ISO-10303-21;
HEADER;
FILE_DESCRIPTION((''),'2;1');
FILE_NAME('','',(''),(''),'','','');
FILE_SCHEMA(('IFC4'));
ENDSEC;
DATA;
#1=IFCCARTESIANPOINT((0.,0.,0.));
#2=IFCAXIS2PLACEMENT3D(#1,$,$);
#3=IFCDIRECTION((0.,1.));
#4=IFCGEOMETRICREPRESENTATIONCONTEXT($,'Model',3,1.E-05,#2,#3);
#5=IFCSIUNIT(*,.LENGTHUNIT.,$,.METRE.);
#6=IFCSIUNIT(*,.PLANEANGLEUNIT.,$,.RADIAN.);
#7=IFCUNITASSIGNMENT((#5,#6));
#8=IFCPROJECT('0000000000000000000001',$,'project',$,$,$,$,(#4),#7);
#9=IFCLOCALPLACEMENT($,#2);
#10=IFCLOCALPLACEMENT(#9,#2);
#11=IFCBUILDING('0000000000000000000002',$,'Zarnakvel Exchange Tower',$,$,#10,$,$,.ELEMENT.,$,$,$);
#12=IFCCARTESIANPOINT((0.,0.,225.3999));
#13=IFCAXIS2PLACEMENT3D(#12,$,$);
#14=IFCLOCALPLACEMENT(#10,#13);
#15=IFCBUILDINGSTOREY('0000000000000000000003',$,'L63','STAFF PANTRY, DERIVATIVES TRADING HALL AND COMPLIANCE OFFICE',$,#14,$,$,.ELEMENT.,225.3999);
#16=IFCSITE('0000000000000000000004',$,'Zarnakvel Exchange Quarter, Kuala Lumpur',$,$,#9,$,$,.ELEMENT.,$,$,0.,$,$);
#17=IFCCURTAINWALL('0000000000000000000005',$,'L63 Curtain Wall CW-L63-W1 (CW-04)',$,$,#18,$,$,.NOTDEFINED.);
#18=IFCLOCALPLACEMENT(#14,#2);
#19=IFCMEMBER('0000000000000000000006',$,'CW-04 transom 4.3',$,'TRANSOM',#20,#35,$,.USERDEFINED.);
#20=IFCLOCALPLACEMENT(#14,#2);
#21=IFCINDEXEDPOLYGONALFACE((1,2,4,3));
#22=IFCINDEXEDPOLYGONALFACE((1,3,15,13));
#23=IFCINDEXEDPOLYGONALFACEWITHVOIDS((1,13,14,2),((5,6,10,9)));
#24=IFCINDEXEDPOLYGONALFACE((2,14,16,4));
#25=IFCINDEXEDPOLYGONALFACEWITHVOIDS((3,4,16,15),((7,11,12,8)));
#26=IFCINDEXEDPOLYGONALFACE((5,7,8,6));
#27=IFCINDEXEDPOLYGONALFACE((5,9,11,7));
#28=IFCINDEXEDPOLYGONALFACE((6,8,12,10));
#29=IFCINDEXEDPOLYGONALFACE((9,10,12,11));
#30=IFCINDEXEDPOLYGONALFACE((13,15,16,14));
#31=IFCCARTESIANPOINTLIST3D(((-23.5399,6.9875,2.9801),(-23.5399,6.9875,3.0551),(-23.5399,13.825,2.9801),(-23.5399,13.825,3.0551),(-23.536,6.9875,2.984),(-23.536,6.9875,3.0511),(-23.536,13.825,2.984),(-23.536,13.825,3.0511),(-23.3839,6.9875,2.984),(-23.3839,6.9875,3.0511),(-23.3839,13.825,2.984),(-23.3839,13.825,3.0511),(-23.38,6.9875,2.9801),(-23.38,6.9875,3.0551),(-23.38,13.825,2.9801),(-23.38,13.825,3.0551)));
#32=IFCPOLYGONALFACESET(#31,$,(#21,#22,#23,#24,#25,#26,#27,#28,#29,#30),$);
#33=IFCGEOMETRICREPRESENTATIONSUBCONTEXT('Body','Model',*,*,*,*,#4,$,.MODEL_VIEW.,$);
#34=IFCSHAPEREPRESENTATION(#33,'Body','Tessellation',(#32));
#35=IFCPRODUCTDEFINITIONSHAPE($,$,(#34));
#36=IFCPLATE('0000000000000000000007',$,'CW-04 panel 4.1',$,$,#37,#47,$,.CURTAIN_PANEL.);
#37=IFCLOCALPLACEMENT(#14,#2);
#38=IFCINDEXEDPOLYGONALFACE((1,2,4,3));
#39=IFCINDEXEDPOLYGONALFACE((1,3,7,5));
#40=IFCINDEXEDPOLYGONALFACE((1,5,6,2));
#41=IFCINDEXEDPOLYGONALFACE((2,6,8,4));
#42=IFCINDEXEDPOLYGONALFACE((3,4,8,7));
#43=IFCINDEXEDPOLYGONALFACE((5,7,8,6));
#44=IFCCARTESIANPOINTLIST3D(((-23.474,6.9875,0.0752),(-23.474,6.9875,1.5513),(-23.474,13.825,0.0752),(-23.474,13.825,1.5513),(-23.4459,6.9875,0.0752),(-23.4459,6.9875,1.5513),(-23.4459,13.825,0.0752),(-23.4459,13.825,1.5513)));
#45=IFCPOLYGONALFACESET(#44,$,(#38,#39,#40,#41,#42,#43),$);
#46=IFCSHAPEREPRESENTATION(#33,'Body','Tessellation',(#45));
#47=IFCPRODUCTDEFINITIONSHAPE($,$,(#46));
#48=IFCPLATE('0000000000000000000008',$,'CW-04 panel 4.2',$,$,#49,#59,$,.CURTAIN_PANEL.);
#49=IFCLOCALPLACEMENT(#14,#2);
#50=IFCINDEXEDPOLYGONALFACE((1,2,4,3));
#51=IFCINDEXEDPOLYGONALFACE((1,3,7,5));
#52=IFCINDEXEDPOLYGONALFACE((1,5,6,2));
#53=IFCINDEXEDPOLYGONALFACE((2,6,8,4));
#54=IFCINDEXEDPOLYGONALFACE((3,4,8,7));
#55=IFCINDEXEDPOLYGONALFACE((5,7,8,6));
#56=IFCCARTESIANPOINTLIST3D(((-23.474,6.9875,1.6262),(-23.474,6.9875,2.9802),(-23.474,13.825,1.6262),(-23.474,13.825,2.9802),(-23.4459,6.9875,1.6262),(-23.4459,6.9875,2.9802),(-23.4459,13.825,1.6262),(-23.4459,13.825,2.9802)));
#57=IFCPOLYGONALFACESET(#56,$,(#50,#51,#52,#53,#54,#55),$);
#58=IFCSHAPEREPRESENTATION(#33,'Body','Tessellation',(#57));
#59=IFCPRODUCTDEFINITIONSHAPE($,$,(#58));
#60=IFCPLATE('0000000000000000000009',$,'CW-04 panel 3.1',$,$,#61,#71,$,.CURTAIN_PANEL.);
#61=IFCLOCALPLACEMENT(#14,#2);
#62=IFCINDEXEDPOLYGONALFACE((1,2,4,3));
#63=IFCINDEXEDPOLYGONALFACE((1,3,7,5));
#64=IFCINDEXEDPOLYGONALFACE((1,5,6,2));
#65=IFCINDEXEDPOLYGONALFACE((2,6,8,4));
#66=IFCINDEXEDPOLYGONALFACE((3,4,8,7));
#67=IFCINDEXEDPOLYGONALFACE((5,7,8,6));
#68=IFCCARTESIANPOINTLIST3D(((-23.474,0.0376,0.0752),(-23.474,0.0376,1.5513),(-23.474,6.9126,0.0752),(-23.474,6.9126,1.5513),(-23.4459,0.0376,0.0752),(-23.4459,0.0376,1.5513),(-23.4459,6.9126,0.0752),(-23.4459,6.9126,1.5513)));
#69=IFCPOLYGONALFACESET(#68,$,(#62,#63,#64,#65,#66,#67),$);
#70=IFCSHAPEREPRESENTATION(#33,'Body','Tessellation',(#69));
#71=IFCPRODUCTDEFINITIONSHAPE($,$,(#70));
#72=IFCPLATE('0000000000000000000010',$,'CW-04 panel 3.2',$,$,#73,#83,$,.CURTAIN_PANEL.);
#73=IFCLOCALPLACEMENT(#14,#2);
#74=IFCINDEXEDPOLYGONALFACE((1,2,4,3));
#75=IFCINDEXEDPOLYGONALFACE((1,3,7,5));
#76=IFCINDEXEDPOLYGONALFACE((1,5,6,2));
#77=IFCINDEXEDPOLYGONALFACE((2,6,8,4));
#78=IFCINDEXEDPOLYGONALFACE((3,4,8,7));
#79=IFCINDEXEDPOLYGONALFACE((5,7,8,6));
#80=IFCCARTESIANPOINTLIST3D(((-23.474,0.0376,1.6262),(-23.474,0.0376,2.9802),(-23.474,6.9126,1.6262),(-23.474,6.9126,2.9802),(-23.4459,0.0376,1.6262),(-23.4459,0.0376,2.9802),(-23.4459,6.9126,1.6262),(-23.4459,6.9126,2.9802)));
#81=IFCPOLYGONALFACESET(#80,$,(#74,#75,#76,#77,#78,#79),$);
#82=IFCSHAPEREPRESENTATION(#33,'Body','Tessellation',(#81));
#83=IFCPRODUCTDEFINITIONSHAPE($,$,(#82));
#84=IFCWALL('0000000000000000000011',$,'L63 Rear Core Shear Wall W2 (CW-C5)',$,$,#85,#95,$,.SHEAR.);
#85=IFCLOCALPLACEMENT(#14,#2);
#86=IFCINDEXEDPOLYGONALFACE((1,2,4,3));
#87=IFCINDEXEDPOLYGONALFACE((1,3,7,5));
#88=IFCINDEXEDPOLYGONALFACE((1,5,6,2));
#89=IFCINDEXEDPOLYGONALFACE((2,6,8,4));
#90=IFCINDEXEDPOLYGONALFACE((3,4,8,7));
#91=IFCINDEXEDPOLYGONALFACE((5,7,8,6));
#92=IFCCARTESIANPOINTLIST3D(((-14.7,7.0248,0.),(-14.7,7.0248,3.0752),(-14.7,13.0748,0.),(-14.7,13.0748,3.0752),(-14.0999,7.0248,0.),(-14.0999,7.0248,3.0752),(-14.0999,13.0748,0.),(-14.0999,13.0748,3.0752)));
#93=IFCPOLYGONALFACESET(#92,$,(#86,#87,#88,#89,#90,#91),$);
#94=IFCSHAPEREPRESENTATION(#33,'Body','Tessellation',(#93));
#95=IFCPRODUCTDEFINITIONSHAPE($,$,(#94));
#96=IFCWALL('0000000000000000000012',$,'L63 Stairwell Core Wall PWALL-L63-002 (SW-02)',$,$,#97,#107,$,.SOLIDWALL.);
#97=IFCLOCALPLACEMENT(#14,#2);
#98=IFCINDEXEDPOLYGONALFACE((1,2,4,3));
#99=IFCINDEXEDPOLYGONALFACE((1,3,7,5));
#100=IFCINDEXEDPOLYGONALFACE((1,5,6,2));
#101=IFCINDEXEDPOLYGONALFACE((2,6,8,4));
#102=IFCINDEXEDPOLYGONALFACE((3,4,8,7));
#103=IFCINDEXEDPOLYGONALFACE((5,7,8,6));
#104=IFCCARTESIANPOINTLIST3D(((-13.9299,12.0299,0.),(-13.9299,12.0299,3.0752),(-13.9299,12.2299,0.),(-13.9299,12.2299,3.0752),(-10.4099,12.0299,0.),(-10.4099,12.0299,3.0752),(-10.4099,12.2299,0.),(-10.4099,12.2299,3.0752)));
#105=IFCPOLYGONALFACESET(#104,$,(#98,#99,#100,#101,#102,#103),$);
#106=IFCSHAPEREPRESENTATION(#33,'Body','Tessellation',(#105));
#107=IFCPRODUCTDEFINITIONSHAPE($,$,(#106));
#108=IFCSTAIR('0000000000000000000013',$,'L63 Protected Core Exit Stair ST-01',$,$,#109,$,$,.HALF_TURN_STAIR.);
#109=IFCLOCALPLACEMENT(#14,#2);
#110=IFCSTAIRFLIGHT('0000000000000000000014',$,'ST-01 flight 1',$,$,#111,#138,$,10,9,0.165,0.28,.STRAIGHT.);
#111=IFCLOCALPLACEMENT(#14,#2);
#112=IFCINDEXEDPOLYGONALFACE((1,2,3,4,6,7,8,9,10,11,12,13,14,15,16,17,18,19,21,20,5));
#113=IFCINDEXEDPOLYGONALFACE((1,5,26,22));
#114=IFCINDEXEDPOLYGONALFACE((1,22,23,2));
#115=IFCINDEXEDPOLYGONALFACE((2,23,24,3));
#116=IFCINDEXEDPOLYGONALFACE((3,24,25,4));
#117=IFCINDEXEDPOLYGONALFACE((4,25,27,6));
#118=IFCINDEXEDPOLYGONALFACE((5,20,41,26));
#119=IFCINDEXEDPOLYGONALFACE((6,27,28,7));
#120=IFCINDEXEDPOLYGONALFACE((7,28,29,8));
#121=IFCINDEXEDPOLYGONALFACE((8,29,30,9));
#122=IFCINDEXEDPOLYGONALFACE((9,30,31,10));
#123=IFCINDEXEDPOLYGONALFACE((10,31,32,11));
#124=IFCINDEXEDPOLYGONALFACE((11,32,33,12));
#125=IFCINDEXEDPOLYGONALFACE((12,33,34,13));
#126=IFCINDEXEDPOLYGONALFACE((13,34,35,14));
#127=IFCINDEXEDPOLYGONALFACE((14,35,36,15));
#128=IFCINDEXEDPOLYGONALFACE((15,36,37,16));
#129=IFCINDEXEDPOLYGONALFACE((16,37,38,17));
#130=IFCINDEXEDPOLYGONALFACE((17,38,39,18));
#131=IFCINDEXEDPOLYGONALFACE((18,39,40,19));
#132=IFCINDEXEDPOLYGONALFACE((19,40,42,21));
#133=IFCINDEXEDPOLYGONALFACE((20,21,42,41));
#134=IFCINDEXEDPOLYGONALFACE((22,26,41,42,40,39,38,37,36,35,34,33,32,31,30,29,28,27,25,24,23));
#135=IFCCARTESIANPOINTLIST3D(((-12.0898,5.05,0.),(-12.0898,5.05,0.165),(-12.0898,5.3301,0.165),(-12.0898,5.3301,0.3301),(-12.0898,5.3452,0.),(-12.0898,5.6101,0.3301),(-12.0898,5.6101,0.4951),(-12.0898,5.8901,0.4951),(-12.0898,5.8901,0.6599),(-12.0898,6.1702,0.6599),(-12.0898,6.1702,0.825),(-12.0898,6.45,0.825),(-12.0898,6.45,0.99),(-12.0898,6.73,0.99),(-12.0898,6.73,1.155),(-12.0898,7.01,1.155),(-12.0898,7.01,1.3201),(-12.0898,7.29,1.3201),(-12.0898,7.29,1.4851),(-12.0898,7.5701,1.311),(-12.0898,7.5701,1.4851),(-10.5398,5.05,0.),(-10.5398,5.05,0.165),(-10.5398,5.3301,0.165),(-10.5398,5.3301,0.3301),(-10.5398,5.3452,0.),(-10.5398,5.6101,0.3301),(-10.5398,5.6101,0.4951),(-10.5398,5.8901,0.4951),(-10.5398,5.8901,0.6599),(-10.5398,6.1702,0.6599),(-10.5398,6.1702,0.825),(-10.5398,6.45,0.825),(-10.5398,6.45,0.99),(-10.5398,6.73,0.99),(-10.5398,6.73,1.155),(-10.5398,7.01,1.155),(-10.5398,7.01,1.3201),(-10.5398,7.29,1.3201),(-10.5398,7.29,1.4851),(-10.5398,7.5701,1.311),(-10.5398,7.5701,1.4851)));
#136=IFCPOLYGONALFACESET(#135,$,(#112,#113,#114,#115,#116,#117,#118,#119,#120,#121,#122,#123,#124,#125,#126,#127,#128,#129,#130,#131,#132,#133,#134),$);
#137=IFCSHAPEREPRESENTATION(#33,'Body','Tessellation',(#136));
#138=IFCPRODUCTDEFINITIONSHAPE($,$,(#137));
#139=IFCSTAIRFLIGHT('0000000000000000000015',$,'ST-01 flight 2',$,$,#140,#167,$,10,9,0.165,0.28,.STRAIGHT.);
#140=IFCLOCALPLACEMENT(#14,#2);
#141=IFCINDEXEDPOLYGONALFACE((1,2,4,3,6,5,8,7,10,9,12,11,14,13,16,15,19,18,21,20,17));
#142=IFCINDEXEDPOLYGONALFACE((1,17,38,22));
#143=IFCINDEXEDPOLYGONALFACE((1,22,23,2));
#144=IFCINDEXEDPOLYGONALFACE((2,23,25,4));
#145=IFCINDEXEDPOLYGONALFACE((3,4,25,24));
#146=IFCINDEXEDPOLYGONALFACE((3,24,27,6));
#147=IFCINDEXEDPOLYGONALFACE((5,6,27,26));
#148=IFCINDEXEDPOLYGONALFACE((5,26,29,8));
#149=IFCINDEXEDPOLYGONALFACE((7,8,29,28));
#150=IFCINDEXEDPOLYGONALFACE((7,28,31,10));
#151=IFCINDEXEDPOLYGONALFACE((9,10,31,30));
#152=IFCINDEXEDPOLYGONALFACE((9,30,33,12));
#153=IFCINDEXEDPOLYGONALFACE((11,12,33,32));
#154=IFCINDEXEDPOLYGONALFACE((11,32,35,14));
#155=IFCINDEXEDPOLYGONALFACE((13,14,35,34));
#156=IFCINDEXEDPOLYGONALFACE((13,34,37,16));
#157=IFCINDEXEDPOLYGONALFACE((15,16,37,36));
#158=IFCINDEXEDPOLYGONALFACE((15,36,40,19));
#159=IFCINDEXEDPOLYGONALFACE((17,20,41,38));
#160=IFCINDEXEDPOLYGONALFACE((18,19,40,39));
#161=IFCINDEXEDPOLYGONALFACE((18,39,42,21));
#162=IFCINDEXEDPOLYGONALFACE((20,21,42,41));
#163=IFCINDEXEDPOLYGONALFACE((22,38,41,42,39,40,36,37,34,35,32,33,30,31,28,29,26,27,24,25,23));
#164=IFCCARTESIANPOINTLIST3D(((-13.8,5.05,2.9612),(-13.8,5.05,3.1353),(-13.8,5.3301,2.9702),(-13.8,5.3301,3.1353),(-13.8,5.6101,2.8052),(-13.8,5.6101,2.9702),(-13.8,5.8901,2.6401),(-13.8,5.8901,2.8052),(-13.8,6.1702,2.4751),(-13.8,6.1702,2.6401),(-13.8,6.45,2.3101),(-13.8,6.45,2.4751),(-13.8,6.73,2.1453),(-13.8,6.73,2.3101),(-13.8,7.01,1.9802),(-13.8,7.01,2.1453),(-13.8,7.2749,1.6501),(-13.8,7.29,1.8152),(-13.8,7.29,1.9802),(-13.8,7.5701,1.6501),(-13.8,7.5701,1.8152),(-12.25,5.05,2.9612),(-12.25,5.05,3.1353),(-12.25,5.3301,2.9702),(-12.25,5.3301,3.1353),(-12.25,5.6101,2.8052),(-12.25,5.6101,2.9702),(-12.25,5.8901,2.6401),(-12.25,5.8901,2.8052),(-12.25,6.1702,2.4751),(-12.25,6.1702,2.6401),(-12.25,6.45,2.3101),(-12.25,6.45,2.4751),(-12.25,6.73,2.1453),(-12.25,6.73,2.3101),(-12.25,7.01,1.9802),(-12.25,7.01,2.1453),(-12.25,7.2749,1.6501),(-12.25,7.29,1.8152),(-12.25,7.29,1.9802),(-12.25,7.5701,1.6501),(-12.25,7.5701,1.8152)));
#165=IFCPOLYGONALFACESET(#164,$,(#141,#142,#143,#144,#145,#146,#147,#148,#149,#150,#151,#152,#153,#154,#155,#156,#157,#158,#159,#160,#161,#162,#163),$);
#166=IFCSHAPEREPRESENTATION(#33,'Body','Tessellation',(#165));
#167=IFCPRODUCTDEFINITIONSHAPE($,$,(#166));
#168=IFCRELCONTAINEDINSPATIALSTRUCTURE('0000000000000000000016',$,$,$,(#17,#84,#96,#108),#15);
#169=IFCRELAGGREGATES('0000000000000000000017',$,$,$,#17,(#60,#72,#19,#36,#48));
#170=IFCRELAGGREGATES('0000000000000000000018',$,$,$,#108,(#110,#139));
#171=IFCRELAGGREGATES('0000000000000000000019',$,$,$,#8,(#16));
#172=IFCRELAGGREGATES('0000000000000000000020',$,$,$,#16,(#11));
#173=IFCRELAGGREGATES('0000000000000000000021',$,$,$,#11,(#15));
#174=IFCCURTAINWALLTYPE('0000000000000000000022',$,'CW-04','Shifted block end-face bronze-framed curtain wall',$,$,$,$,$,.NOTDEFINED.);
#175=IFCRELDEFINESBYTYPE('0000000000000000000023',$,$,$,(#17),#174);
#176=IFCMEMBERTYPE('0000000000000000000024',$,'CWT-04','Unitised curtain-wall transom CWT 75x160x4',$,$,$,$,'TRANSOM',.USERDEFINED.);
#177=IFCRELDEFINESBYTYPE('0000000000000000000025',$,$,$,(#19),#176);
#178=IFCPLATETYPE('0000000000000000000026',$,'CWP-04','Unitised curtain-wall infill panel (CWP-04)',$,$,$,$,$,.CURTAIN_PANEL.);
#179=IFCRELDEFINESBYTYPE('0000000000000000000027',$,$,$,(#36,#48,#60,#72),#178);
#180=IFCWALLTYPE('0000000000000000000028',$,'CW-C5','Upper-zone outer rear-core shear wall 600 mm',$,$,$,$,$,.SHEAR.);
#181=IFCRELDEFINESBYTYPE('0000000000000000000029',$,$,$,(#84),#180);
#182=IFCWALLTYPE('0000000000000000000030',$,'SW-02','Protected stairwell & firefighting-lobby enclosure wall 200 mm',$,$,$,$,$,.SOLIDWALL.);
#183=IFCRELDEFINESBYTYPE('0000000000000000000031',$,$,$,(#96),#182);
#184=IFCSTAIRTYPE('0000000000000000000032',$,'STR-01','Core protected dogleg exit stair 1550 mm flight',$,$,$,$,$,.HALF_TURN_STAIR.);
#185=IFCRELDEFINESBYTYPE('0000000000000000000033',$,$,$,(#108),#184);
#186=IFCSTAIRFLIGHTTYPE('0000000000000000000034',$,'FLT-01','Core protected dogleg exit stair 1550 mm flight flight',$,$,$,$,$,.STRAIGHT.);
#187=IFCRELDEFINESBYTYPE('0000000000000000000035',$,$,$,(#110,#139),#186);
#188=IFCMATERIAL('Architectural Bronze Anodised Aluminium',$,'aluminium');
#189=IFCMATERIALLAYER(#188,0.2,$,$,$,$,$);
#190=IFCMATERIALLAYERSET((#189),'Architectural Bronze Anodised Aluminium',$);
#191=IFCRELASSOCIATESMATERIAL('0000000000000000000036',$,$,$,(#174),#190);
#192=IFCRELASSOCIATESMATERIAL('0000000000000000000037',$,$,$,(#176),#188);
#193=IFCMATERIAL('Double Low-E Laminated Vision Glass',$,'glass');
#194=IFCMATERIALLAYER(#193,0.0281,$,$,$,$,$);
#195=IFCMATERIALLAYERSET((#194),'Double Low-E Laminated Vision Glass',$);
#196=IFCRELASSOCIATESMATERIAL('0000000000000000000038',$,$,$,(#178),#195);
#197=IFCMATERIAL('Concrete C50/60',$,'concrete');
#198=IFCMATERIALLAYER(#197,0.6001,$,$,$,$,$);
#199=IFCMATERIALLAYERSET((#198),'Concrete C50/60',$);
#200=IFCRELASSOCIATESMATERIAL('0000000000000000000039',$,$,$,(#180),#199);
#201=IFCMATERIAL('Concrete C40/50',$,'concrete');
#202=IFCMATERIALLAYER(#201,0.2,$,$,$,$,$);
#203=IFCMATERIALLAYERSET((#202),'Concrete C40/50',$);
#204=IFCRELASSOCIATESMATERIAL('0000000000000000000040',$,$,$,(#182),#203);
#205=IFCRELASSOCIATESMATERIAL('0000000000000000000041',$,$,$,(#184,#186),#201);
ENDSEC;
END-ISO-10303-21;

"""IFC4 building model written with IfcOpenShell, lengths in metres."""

from ifc_helpers import new_model, si_unit, direction, frame, frame_2d, origin, origin_2d, place, context, subcontext, project, spatial, polyline, rectangle, hollow_rectangle, outline, extrude, source, transform, mapped, material, layer, layer_set, material_profile, profile_set, type_object, element, aggregate, save


model = new_model("IFC4")

# Units and contexts
model_context = context("Model", 3, precision=1e-05, world=origin(), true_north=direction((0.0, 1.0)))
body_context = subcontext(model_context, "Body", "Model", "MODEL_VIEW")
ifc_project = project(units=[si_unit("LENGTHUNIT", "METRE"), si_unit("PLANEANGLEUNIT", "RADIAN")], contexts=[model_context])

# Site, building, storey
site_placement = place(None, origin())
site = spatial("IfcSite", under=ifc_project, at=site_placement, Name="Zarnakvel Exchange Quarter, Kuala Lumpur", CompositionType="ELEMENT", RefElevation=0.0)
building_placement = place(site_placement, origin())
building = spatial("IfcBuilding", under=site, at=building_placement, Name="Zarnakvel Exchange Tower", CompositionType="ELEMENT")
storey_placement = place(building_placement, frame((0.0, 0.0, 225.3999)))
storey = spatial("IfcBuildingStorey", under=building, at=storey_placement, Name="L63", Description="STAFF PANTRY, DERIVATIVES TRADING HALL AND COMPLIANCE OFFICE", CompositionType="ELEMENT", Elevation=225.3999)

# Shared definitions
ifc_material_1 = material(Name="Concrete C50/60", Category="concrete")

# Curtain wall, member, plates
ifc_material_2 = material(Name="Architectural Bronze Anodised Aluminium", Category="aluminium")
ifc_layer_1 = layer(ifc_material_2, 0.2)
ifc_layer_set_1 = layer_set([ifc_layer_1], Name="Architectural Bronze Anodised Aluminium")
curtain_wall_type = type_object("IfcCurtainWallType", Name="CW-04", Description="Shifted block end-face bronze-framed curtain wall", PredefinedType="NOTDEFINED", material=ifc_layer_set_1)
curtain_wall_placement = place(storey_placement, origin())
curtain_wall = element("IfcCurtainWall", 1, at=curtain_wall_placement, inside=storey, type_object=curtain_wall_type, Name="L63 Curtain Wall CW-L63-W1 (CW-04)", PredefinedType="NOTDEFINED")
ifc_material_profile_1 = material_profile(ifc_material_2, hollow_rectangle(XDim=0.1599, YDim=0.075, WallThickness=0.0039, at=origin_2d()))
ifc_profile_set_1 = profile_set([ifc_material_profile_1], Name="Architectural Bronze Anodised Aluminium")
member_type_1 = type_object("IfcMemberType", Name="CWT-04", Description="Unitised curtain-wall transom CWT 75x160x4", ElementType="TRANSOM", PredefinedType="USERDEFINED", material=ifc_profile_set_1)
shared_shape_1 = source(origin(), body_context, "Body", "SweptSolid", [
    extrude(hollow_rectangle(XDim=0.1599, YDim=0.075, WallThickness=0.0039, at=origin_2d()), origin(), (0.0, 0.0, 1.0), 6.8374),
])
member_1_placement = place(storey_placement, frame((-23.46, 6.9875, 3.0176), z_axis=(0.0, 1.0, 0.0), x_axis=(-1.0, 0.0, 0.0)))
member_1 = element("IfcMember", 2, at=member_1_placement, type_object=member_type_1, Name="CW-04 transom 4.3", ObjectType="TRANSOM", PredefinedType="USERDEFINED", context=body_context, shape_type="MappedRepresentation", body=[
    mapped(shared_shape_1, transform((0.0, 0.0, 0.0), x_axis=(1.0, 0.0, 0.0), y_axis=(0.0, 1.0, 0.0), z_axis=(0.0, 0.0, 1.0), scale=1.0)),
])
ifc_material_3 = material(Name="Double Low-E Laminated Vision Glass", Category="glass")
ifc_layer_2 = layer(ifc_material_3, 0.0281)
ifc_layer_set_2 = layer_set([ifc_layer_2], Name="Double Low-E Laminated Vision Glass")
plate_type = type_object("IfcPlateType", Name="CWP-04", Description="Unitised curtain-wall infill panel (CWP-04)", PredefinedType="CURTAIN_PANEL", material=ifc_layer_set_2)
shared_shape_2 = source(origin(), body_context, "Body", "SweptSolid", [
    extrude(rectangle(XDim=6.8374, YDim=0.0281, at=origin_2d()), origin(), (0.0, 0.0, 1.0), 1.4761),
])
plate_1_placement = place(storey_placement, frame((-23.46, 10.4062, 0.0752), z_axis=(0.0, 0.0, 1.0), x_axis=(0.0, 1.0, 0.0)))
plate_1 = element("IfcPlate", 3, at=plate_1_placement, type_object=plate_type, Name="CW-04 panel 4.1", PredefinedType="CURTAIN_PANEL", context=body_context, shape_type="MappedRepresentation", body=[
    mapped(shared_shape_2, transform((0.0, 0.0, 0.0), x_axis=(1.0, 0.0, 0.0), y_axis=(0.0, 1.0, 0.0), z_axis=(0.0, 0.0, 1.0), scale=1.0)),
])
shared_shape_3 = source(origin(), body_context, "Body", "SweptSolid", [
    extrude(rectangle(XDim=6.8374, YDim=0.0281, at=origin_2d()), origin(), (0.0, 0.0, 1.0), 1.354),
])
plate_2_placement = place(storey_placement, frame((-23.46, 10.4062, 1.6262), z_axis=(0.0, 0.0, 1.0), x_axis=(0.0, 1.0, 0.0)))
plate_2 = element("IfcPlate", 4, at=plate_2_placement, type_object=plate_type, Name="CW-04 panel 4.2", PredefinedType="CURTAIN_PANEL", context=body_context, shape_type="MappedRepresentation", body=[
    mapped(shared_shape_3, transform((0.0, 0.0, 0.0), x_axis=(1.0, 0.0, 0.0), y_axis=(0.0, 1.0, 0.0), z_axis=(0.0, 0.0, 1.0), scale=1.0)),
])
shared_shape_4 = source(origin(), body_context, "Body", "SweptSolid", [
    extrude(rectangle(XDim=6.875, YDim=0.0281, at=origin_2d()), origin(), (0.0, 0.0, 1.0), 1.4761),
])
plate_3_placement = place(storey_placement, frame((-23.46, 3.4751, 0.0752), z_axis=(0.0, 0.0, 1.0), x_axis=(0.0, 1.0, 0.0)))
plate_3 = element("IfcPlate", 5, at=plate_3_placement, type_object=plate_type, Name="CW-04 panel 3.1", PredefinedType="CURTAIN_PANEL", context=body_context, shape_type="MappedRepresentation", body=[
    mapped(shared_shape_4, transform((0.0, 0.0, 0.0), x_axis=(1.0, 0.0, 0.0), y_axis=(0.0, 1.0, 0.0), z_axis=(0.0, 0.0, 1.0), scale=1.0)),
])
shared_shape_5 = source(origin(), body_context, "Body", "SweptSolid", [
    extrude(rectangle(XDim=6.875, YDim=0.0281, at=origin_2d()), origin(), (0.0, 0.0, 1.0), 1.354),
])
plate_4_placement = place(storey_placement, frame((-23.46, 3.4751, 1.6262), z_axis=(0.0, 0.0, 1.0), x_axis=(0.0, 1.0, 0.0)))
plate_4 = element("IfcPlate", 6, at=plate_4_placement, type_object=plate_type, Name="CW-04 panel 3.2", PredefinedType="CURTAIN_PANEL", context=body_context, shape_type="MappedRepresentation", body=[
    mapped(shared_shape_5, transform((0.0, 0.0, 0.0), x_axis=(1.0, 0.0, 0.0), y_axis=(0.0, 1.0, 0.0), z_axis=(0.0, 0.0, 1.0), scale=1.0)),
])
aggregate(curtain_wall, [plate_3, plate_4, member_1, plate_1, plate_2])

# Walls
ifc_layer_3 = layer(ifc_material_1, 0.6001)
ifc_layer_set_3 = layer_set([ifc_layer_3], Name="Concrete C50/60")
wall_type_1 = type_object("IfcWallType", Name="CW-C5", Description="Upper-zone outer rear-core shear wall 600 mm", PredefinedType="SHEAR", material=ifc_layer_set_3)
wall_1_placement = place(storey_placement, frame((-14.3999, 7.0249, 0.0), z_axis=(0.0, 0.0, 1.0), x_axis=(0.0, 1.0, 0.0)))
element("IfcWall", 7, at=wall_1_placement, inside=storey, type_object=wall_type_1, Name="L63 Rear Core Shear Wall W2 (CW-C5)", PredefinedType="SHEAR", context=body_context, shape_type="SweptSolid", body=[
    extrude(rectangle(XDim=6.05, YDim=0.6001, at=frame_2d((3.0249, 0.0))), origin(), (0.0, 0.0, 1.0), 3.0752),
])
ifc_material_4 = material(Name="Concrete C40/50", Category="concrete")
ifc_layer_4 = layer(ifc_material_4, 0.2)
ifc_layer_set_4 = layer_set([ifc_layer_4], Name="Concrete C40/50")
wall_type_2 = type_object("IfcWallType", Name="SW-02", Description="Protected stairwell & firefighting-lobby enclosure wall 200 mm", PredefinedType="SOLIDWALL", material=ifc_layer_set_4)
wall_2_placement = place(storey_placement, frame((-13.9299, 12.1299, 0.0), z_axis=(0.0, 0.0, 1.0), x_axis=(1.0, 0.0, 0.0)))
element("IfcWall", 8, at=wall_2_placement, inside=storey, type_object=wall_type_2, Name="L63 Stairwell Core Wall PWALL-L63-002 (SW-02)", PredefinedType="SOLIDWALL", context=body_context, shape_type="SweptSolid", body=[
    extrude(rectangle(XDim=3.52, YDim=0.2, at=frame_2d((1.76, 0.0))), origin(), (0.0, 0.0, 1.0), 3.0752),
])

# Stair, stair flights
stair_type = type_object("IfcStairType", Name="STR-01", Description="Core protected dogleg exit stair 1550 mm flight", PredefinedType="HALF_TURN_STAIR", material=ifc_material_4)
stair_placement = place(storey_placement, origin())
stair = element("IfcStair", 9, at=stair_placement, inside=storey, type_object=stair_type, Name="L63 Protected Core Exit Stair ST-01", PredefinedType="HALF_TURN_STAIR")
stair_flight_type = type_object("IfcStairFlightType", Name="FLT-01", Description="Core protected dogleg exit stair 1550 mm flight flight", PredefinedType="STRAIGHT", material=ifc_material_4)
stair_flight_1_placement = place(storey_placement, frame((-11.3149, 5.05, 0.0), z_axis=(0.0, 0.0, 1.0), x_axis=(0.0, 1.0, 0.0)))
stair_flight_1 = element("IfcStairFlight", 10, at=stair_flight_1_placement, type_object=stair_flight_type, Name="ST-01 flight 1", NumberOfRisers=10, NumberOfTreads=9, PredefinedType="STRAIGHT", RiserHeight=0.165, TreadLength=0.28, context=body_context, shape_type="SweptSolid", body=[
    extrude(outline(polyline([(0.0, 0.0), (0.0, 0.165), (0.28, 0.165), (0.28, 0.3301), (0.5601, 0.3301), (0.5601, 0.4951), (0.8401, 0.4951), (0.8401, 0.6599), (1.1201, 0.6599), (1.1201, 0.825), (1.3999, 0.825), (1.3999, 0.99), (1.6799, 0.99), (1.6799, 1.155), (1.96, 1.155), (1.96, 1.3201), (2.24, 1.3201), (2.24, 1.4851), (2.52, 1.4851), (2.52, 1.6499), (2.52, 1.311), (0.2952, 0.0), (0.0, 0.0)])), frame((0.0, 0.7749, 0.0), z_axis=(0.0, -1.0, 0.0), x_axis=(1.0, 0.0, 0.0)), (0.0, 0.0, 1.0), 1.55),
])
stair_flight_2_placement = place(storey_placement, frame((-13.0249, 7.5701, 1.6501), z_axis=(0.0, 0.0, 1.0), x_axis=(0.0, -1.0, 0.0)))
stair_flight_2 = element("IfcStairFlight", 11, at=stair_flight_2_placement, type_object=stair_flight_type, Name="ST-01 flight 2", NumberOfRisers=10, NumberOfTreads=9, PredefinedType="STRAIGHT", RiserHeight=0.165, TreadLength=0.28, context=body_context, shape_type="SweptSolid", body=[
    extrude(outline(polyline([(0.0, 0.0), (0.0, 0.165), (0.28, 0.165), (0.28, 0.3301), (0.5601, 0.3301), (0.5601, 0.4951), (0.8401, 0.4951), (0.8401, 0.6599), (1.1201, 0.6599), (1.1201, 0.825), (1.3999, 0.825), (1.3999, 0.99), (1.6799, 0.99), (1.6799, 1.155), (1.96, 1.155), (1.96, 1.3201), (2.24, 1.3201), (2.24, 1.4851), (2.52, 1.4851), (2.52, 1.6499), (2.52, 1.311), (0.2952, 0.0), (0.0, 0.0)])), frame((0.0, 0.7749, 0.0), z_axis=(0.0, -1.0, 0.0), x_axis=(1.0, 0.0, 0.0)), (0.0, 0.0, 1.0), 1.55),
])
aggregate(stair, [stair_flight_1, stair_flight_2])

save(model, "model.ifc")
